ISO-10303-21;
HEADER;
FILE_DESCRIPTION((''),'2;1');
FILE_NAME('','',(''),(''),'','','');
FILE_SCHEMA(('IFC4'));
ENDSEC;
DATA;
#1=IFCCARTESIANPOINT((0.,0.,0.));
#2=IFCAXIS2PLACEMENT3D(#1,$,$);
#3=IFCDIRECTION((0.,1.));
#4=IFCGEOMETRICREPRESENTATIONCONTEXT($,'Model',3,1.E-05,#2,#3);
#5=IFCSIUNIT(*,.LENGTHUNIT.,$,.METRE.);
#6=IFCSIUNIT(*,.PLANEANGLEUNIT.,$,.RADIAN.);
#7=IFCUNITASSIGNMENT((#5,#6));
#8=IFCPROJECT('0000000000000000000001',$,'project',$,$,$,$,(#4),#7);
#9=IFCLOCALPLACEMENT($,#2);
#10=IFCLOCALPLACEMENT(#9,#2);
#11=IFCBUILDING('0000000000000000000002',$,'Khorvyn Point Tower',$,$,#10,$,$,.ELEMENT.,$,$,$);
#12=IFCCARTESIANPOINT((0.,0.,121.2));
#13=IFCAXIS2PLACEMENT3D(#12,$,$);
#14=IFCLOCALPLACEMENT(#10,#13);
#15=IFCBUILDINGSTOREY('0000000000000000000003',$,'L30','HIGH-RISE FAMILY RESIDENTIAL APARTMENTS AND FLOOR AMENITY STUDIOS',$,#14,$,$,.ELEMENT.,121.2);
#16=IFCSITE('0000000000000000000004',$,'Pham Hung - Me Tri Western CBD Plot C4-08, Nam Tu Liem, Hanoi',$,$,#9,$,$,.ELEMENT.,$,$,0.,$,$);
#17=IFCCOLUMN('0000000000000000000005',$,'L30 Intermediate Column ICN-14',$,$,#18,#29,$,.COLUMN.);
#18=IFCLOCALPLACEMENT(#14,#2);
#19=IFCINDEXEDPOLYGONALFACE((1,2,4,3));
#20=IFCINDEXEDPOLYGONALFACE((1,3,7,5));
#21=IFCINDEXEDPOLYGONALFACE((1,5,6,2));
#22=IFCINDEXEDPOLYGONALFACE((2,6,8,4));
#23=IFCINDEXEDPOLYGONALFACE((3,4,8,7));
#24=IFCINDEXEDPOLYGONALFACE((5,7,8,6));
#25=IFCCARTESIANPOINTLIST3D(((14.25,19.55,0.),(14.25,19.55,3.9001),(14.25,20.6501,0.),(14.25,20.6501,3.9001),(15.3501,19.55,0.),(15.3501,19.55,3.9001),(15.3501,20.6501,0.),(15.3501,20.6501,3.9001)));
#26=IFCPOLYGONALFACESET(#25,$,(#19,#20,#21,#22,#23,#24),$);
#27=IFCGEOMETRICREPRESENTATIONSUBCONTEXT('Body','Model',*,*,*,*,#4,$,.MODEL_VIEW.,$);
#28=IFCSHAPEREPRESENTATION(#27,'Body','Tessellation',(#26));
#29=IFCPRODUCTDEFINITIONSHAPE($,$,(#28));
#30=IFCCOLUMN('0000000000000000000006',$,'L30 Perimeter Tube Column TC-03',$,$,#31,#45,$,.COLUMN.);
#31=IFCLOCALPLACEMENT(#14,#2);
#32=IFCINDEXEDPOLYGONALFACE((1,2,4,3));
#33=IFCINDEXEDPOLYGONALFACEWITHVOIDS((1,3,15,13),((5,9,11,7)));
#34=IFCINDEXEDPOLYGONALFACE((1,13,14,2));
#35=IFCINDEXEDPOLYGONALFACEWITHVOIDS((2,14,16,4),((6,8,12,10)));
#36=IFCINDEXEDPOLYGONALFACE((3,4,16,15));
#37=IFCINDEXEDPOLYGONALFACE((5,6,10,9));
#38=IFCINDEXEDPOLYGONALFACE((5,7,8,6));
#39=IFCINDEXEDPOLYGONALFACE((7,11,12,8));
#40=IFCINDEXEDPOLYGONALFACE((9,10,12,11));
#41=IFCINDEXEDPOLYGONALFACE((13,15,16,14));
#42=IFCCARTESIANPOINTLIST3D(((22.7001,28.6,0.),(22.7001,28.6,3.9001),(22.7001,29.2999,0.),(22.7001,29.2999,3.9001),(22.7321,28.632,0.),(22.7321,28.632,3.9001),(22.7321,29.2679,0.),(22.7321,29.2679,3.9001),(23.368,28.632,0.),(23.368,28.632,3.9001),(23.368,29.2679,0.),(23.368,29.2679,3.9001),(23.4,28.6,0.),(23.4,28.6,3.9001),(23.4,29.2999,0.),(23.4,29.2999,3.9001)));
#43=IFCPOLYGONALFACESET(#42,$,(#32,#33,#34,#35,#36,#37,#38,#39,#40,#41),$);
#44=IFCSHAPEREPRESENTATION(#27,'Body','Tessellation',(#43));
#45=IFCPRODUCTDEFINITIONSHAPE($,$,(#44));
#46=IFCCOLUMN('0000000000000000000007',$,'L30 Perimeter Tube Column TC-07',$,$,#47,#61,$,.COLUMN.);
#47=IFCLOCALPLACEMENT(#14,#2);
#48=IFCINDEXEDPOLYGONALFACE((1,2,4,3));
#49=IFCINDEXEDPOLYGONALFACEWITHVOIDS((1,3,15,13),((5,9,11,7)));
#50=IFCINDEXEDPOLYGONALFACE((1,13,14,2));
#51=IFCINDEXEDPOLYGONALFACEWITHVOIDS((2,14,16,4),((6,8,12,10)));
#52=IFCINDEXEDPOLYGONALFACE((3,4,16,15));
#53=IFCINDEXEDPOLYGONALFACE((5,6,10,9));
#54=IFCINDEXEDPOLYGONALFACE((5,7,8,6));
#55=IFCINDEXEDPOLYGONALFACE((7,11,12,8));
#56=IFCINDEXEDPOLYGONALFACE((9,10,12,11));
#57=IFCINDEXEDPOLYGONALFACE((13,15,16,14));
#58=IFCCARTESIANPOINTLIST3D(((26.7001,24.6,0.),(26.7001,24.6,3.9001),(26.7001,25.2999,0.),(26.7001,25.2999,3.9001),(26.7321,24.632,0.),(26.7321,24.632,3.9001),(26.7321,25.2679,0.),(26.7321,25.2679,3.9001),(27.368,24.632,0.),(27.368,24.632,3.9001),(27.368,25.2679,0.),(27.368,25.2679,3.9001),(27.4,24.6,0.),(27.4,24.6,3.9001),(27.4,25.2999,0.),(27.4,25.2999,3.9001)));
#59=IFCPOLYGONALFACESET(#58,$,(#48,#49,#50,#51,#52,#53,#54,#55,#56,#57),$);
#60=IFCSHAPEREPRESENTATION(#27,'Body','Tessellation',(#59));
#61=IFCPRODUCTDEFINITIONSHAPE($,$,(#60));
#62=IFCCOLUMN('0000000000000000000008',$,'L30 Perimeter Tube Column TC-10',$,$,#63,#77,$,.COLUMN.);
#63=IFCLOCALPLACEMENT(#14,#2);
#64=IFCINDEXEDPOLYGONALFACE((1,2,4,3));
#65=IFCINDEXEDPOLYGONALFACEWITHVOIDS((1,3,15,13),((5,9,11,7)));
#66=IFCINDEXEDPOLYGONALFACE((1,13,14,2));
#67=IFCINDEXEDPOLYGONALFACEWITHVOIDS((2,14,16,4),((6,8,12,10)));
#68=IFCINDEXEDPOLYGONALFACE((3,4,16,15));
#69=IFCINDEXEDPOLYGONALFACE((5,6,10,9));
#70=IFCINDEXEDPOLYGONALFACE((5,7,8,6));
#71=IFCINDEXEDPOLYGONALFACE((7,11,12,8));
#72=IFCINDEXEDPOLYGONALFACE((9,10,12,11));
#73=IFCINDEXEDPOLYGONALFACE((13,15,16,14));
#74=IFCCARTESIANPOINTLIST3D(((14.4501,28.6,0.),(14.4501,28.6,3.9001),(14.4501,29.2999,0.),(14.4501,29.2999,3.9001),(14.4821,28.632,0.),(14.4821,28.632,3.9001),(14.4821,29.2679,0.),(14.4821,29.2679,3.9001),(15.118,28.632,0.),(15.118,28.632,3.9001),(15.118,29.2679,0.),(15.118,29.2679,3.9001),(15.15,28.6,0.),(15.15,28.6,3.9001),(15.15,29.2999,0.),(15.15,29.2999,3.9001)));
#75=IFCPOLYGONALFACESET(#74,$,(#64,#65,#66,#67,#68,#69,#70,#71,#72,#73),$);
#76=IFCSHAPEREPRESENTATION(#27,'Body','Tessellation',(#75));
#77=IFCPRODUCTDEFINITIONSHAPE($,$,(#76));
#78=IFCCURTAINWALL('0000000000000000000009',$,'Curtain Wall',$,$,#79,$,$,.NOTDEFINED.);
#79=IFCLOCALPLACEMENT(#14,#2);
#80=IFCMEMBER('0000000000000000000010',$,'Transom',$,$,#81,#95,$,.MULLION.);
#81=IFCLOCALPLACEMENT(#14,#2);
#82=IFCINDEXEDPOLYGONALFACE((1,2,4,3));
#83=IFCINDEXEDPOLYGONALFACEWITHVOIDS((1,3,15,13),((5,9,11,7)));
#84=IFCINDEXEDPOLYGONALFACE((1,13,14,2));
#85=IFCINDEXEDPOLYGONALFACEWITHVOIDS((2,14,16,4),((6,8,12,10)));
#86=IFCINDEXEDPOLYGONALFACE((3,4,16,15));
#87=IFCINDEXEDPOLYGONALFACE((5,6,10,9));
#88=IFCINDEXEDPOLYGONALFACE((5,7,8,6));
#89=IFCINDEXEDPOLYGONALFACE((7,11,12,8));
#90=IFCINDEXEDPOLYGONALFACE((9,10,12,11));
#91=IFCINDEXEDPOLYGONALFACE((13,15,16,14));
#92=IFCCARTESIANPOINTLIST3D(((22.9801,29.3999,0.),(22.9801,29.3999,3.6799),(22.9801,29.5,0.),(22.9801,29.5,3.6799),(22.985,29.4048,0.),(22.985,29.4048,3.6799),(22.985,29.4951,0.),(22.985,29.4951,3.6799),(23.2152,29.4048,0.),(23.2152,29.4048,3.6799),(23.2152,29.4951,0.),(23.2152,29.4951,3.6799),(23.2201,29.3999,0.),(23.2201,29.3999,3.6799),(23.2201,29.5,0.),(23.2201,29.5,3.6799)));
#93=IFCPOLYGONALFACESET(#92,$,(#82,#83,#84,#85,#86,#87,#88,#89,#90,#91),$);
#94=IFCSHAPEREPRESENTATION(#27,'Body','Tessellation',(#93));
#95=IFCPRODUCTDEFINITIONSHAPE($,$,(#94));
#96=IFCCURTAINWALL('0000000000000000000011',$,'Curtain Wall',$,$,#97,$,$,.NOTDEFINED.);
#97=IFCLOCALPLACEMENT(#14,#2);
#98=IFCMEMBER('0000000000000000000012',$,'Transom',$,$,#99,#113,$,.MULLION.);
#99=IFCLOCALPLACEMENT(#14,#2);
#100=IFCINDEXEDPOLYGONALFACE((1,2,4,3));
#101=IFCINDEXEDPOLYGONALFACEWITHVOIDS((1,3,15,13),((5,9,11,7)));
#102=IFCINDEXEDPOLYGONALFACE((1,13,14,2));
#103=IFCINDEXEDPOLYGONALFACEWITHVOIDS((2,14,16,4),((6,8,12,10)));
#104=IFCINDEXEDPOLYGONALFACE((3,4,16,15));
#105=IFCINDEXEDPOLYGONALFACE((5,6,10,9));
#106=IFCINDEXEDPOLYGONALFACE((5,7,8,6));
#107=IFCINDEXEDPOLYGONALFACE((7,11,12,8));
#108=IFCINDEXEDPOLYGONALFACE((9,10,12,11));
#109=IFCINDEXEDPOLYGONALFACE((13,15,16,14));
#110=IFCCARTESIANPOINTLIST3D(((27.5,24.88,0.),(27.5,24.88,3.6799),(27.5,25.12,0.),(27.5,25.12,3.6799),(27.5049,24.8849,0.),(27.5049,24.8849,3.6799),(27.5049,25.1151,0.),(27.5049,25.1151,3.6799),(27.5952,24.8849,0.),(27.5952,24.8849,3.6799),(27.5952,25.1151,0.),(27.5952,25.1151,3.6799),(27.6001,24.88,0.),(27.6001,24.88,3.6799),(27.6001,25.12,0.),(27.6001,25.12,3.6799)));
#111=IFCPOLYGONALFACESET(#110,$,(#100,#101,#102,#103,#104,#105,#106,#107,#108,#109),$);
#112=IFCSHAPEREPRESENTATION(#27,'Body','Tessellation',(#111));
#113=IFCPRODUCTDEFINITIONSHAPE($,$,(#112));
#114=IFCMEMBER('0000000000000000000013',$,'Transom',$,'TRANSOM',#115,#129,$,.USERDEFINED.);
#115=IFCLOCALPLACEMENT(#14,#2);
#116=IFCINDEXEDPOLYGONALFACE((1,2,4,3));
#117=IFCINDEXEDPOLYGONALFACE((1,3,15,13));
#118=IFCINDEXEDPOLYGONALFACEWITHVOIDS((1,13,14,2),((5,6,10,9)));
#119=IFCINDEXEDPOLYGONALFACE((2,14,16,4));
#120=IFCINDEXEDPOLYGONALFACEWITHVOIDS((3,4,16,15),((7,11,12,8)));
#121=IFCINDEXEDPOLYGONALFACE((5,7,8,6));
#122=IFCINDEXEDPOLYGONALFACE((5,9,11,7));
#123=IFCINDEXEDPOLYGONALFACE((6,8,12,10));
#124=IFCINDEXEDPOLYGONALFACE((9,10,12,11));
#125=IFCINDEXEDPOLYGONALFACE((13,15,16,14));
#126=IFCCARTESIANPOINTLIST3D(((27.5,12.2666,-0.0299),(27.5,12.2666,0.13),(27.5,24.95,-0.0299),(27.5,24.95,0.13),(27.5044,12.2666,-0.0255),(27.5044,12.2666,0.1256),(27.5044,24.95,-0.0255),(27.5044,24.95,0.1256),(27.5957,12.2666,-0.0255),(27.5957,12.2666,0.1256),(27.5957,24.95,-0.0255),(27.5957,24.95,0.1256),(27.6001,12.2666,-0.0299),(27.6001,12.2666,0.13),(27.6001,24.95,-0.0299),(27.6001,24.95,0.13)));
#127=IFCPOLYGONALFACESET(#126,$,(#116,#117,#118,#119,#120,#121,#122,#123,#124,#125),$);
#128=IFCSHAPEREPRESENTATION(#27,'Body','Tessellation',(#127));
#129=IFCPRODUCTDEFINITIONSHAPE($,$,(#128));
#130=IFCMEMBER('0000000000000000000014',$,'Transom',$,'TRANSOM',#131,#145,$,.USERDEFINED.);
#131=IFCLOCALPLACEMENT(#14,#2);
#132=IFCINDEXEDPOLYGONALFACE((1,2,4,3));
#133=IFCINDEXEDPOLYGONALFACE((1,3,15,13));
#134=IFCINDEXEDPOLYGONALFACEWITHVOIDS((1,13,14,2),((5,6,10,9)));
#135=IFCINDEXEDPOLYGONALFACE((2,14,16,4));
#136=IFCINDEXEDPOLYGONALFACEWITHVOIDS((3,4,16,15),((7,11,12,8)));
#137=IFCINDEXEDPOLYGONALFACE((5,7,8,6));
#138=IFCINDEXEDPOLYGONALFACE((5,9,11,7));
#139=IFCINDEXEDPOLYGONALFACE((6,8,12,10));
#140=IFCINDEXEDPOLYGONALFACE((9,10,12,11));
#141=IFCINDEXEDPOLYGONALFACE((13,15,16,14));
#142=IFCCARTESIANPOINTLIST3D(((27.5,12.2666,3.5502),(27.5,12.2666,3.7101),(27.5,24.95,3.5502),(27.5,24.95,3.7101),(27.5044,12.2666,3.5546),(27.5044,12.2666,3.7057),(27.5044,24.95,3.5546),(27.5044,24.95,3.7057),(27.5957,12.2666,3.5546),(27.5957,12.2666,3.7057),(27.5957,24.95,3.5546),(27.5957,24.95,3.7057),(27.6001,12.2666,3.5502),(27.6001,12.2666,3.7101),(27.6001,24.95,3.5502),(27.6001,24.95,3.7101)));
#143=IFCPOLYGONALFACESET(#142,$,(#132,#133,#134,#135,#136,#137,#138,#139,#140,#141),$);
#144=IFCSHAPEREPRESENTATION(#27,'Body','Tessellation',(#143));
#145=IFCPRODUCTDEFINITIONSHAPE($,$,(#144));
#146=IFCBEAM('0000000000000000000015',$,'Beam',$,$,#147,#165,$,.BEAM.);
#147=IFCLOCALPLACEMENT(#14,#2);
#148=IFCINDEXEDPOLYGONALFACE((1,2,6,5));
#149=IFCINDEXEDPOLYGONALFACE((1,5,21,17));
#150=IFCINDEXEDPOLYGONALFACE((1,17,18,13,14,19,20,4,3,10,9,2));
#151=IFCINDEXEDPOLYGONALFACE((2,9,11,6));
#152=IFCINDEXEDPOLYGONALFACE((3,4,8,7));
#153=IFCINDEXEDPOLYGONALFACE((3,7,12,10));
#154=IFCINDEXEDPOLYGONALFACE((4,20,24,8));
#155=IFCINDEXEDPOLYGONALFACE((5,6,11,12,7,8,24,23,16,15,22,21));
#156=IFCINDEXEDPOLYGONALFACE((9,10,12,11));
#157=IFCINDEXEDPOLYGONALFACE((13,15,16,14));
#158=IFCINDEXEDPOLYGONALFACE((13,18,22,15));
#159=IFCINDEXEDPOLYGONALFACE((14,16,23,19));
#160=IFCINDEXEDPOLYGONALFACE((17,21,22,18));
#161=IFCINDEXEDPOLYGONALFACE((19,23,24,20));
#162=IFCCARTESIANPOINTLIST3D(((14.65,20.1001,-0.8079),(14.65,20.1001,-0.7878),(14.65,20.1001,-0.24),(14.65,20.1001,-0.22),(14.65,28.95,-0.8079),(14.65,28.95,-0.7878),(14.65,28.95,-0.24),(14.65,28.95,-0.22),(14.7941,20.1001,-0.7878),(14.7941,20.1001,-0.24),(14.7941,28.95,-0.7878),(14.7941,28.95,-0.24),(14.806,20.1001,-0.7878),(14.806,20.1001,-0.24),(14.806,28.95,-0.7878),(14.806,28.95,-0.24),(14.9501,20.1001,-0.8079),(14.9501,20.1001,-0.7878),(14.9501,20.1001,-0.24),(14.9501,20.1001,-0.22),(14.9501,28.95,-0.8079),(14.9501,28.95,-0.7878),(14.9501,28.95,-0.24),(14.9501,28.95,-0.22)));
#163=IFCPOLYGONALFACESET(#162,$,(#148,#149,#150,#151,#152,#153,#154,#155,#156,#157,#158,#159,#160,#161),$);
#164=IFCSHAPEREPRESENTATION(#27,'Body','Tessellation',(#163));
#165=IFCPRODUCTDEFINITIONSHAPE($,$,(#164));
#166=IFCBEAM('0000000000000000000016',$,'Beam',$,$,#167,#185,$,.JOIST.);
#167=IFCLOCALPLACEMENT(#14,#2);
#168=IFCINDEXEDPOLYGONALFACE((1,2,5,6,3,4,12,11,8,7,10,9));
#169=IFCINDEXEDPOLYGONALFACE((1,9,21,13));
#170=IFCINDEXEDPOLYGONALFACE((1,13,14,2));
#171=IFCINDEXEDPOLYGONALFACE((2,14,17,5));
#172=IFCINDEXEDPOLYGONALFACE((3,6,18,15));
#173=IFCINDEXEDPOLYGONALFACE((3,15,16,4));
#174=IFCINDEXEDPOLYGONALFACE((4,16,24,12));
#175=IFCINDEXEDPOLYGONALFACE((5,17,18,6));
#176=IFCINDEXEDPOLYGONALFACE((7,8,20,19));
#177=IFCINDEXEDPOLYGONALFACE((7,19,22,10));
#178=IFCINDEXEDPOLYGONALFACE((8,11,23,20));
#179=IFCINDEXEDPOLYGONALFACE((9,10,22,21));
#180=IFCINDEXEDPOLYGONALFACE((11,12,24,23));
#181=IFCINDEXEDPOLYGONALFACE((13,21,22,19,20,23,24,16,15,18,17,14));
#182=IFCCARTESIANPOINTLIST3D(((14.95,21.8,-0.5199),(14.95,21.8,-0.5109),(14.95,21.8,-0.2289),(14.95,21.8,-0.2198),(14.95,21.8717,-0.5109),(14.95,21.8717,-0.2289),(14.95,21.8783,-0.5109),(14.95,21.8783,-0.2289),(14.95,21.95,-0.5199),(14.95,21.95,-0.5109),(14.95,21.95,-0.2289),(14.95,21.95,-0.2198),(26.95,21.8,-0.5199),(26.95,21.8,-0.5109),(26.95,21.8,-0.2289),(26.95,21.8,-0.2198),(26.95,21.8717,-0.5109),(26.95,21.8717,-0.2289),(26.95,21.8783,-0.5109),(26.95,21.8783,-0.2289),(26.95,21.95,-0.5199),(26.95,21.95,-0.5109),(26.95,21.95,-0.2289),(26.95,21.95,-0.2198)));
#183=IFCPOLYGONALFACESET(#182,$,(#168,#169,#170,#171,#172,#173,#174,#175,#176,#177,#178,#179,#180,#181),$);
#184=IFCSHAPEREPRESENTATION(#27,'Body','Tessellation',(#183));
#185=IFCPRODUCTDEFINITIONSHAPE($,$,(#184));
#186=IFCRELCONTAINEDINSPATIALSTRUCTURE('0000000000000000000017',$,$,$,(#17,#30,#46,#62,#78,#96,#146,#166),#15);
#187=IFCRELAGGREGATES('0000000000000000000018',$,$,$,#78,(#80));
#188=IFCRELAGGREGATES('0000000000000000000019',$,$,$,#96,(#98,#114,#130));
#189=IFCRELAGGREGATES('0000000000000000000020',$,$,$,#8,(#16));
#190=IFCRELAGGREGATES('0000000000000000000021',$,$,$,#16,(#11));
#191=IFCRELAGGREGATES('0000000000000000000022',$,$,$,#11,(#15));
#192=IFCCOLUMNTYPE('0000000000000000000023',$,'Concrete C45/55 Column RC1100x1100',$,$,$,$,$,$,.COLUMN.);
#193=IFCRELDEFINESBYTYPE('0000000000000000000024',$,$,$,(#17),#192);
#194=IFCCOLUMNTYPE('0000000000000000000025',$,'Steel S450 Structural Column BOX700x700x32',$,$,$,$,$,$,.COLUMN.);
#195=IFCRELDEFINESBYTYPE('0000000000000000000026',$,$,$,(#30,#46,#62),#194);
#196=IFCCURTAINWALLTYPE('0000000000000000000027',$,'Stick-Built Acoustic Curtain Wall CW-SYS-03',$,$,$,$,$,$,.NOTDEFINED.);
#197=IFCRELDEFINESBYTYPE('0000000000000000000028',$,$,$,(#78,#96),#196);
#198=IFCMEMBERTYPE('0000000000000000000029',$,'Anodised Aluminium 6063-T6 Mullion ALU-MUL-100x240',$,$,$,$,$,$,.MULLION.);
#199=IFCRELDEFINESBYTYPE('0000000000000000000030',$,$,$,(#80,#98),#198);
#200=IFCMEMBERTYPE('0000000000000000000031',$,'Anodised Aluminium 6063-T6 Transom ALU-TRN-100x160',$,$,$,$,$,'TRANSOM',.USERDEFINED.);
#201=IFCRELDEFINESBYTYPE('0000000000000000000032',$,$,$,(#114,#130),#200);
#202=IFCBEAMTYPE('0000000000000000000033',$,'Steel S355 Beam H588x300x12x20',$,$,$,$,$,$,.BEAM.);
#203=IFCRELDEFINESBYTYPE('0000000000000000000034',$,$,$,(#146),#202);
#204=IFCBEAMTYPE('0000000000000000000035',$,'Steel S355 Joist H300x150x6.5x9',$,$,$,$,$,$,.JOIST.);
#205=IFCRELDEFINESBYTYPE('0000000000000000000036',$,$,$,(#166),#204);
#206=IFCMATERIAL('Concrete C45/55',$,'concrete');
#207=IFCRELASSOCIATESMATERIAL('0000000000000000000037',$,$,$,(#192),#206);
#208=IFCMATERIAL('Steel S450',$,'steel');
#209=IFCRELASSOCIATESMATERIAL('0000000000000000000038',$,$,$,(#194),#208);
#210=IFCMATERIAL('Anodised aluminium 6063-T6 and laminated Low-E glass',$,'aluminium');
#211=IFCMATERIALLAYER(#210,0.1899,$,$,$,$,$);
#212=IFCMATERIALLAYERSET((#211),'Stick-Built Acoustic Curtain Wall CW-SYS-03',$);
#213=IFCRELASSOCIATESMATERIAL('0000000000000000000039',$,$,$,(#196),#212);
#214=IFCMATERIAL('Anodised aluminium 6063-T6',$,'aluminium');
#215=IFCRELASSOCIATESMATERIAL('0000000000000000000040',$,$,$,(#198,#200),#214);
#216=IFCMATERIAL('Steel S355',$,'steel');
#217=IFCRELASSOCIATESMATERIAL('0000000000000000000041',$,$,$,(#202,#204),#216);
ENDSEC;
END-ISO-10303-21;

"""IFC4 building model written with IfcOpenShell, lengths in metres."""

from ifc_helpers import new_model, si_unit, direction, frame, origin, origin_2d, place, context, subcontext, project, spatial, rectangle, hollow_rectangle, i_section, extrude, material, layer, layer_set, material_profile, profile_set, type_object, element, aggregate, save


model = new_model("IFC4")

# Units and contexts
model_context = context("Model", 3, precision=1e-05, world=origin(), true_north=direction((0.0, 1.0)))
body_context = subcontext(model_context, "Body", "Model", "MODEL_VIEW")
ifc_project = project(units=[si_unit("LENGTHUNIT", "METRE"), si_unit("PLANEANGLEUNIT", "RADIAN")], contexts=[model_context])

# Site, building, storey
site_placement = place(None, origin())
site = spatial("IfcSite", under=ifc_project, at=site_placement, Name="Pham Hung - Me Tri Western CBD Plot C4-08, Nam Tu Liem, Hanoi", CompositionType="ELEMENT", RefElevation=0.0)
building_placement = place(site_placement, origin())
building = spatial("IfcBuilding", under=site, at=building_placement, Name="Khorvyn Point Tower", CompositionType="ELEMENT")
storey_placement = place(building_placement, frame((0.0, 0.0, 121.2)))
storey = spatial("IfcBuildingStorey", under=building, at=storey_placement, Name="L30", Description="HIGH-RISE FAMILY RESIDENTIAL APARTMENTS AND FLOOR AMENITY STUDIOS", CompositionType="ELEMENT", Elevation=121.2)

# Columns
ifc_material_1 = material(Name="Concrete C45/55", Category="concrete")
ifc_material_profile_1 = material_profile(ifc_material_1, rectangle(XDim=1.1001, YDim=1.1001, at=origin_2d()))
ifc_profile_set_1 = profile_set([ifc_material_profile_1], Name="Concrete C45/55 RC1100x1100")
column_type_1 = type_object("IfcColumnType", Name="Concrete C45/55 Column RC1100x1100", PredefinedType="COLUMN", material=ifc_profile_set_1)
column_placement = place(storey_placement, frame((14.8, 20.1001, 0.0), z_axis=(0.0, 0.0, 1.0), x_axis=(1.0, 0.0, 0.0)))
element("IfcColumn", 1, at=column_placement, inside=storey, type_object=column_type_1, Name="L30 Intermediate Column ICN-14", PredefinedType="COLUMN", context=body_context, shape_type="SweptSolid", body=[
    extrude(rectangle(XDim=1.1001, YDim=1.1001, at=origin_2d()), origin(), (0.0, 0.0, 1.0), 3.9001),
])
ifc_material_2 = material(Name="Steel S450", Category="steel")
ifc_material_profile_2 = material_profile(ifc_material_2, hollow_rectangle(XDim=0.7, YDim=0.7, WallThickness=0.032, at=origin_2d()))
ifc_profile_set_2 = profile_set([ifc_material_profile_2], Name="Steel S450 BOX700x700x32")
column_type_2 = type_object("IfcColumnType", Name="Steel S450 Structural Column BOX700x700x32", PredefinedType="COLUMN", material=ifc_profile_set_2)
for number, where, z_axis, x_axis, name in (
    (2, (23.05, 28.95, 0.0), (0.0, 0.0, 1.0), (1.0, 0.0, 0.0), "L30 Perimeter Tube Column TC-03"),
    (3, (27.05, 24.95, 0.0), (0.0, 0.0, 1.0), (1.0, 0.0, 0.0), "L30 Perimeter Tube Column TC-07"),
    (4, (14.8, 28.95, 0.0), (0.0, 0.0, 1.0), (1.0, 0.0, 0.0), "L30 Perimeter Tube Column TC-10"),
):
    element("IfcColumn", number, at=place(storey_placement, frame(where, z_axis=z_axis, x_axis=x_axis)), inside=storey, type_object=column_type_2, Name=name, PredefinedType="COLUMN", context=body_context, shape_type="SweptSolid", body=[
        extrude(hollow_rectangle(XDim=0.7, YDim=0.7, WallThickness=0.032, at=origin_2d()), origin(), (0.0, 0.0, 1.0), 3.9001),
    ])

# Curtain wall, member
ifc_material_3 = material(Name="Anodised aluminium 6063-T6 and laminated Low-E glass", Category="aluminium")
ifc_layer_1 = layer(ifc_material_3, 0.1899)
ifc_layer_set_1 = layer_set([ifc_layer_1], Name="Stick-Built Acoustic Curtain Wall CW-SYS-03")
curtain_wall_type = type_object("IfcCurtainWallType", Name="Stick-Built Acoustic Curtain Wall CW-SYS-03", PredefinedType="NOTDEFINED", material=ifc_layer_set_1)
curtain_wall_1_placement = place(storey_placement, origin())
curtain_wall_1 = element("IfcCurtainWall", 5, at=curtain_wall_1_placement, inside=storey, type_object=curtain_wall_type, Name="Curtain Wall", PredefinedType="NOTDEFINED")
ifc_material_4 = material(Name="Anodised aluminium 6063-T6", Category="aluminium")
ifc_material_profile_3 = material_profile(ifc_material_4, hollow_rectangle(XDim=0.1001, YDim=0.24, WallThickness=0.0049, at=origin_2d()))
ifc_profile_set_3 = profile_set([ifc_material_profile_3], Name="Anodised aluminium 6063-T6 ALU-MUL-100x240")
member_type_1 = type_object("IfcMemberType", Name="Anodised Aluminium 6063-T6 Mullion ALU-MUL-100x240", PredefinedType="MULLION", material=ifc_profile_set_3)
member_1_placement = place(storey_placement, frame((23.1001, 29.45, 0.0), z_axis=(0.0, 0.0, 1.0), x_axis=(0.0, 1.0, 0.0)))
member_1 = element("IfcMember", 6, at=member_1_placement, type_object=member_type_1, Name="Transom", PredefinedType="MULLION", context=body_context, shape_type="SweptSolid", body=[
    extrude(hollow_rectangle(XDim=0.1001, YDim=0.24, WallThickness=0.0049, at=origin_2d()), origin(), (0.0, 0.0, 1.0), 3.6799),
])

# Curtain wall, members
curtain_wall_2_placement = place(storey_placement, origin())
curtain_wall_2 = element("IfcCurtainWall", 7, at=curtain_wall_2_placement, inside=storey, type_object=curtain_wall_type, Name="Curtain Wall", PredefinedType="NOTDEFINED")
member_2_placement = place(storey_placement, frame((27.55, 25.0, 0.0), z_axis=(0.0, 0.0, 1.0), x_axis=(1.0, 0.0, 0.0)))
member_2 = element("IfcMember", 8, at=member_2_placement, type_object=member_type_1, Name="Transom", PredefinedType="MULLION", context=body_context, shape_type="SweptSolid", body=[
    extrude(hollow_rectangle(XDim=0.1001, YDim=0.24, WallThickness=0.0049, at=origin_2d()), origin(), (0.0, 0.0, 1.0), 3.6799),
])
ifc_material_profile_4 = material_profile(ifc_material_4, hollow_rectangle(XDim=0.1001, YDim=0.1599, WallThickness=0.0044, at=origin_2d()))
ifc_profile_set_4 = profile_set([ifc_material_profile_4], Name="Anodised aluminium 6063-T6 ALU-TRN-100x160")
member_type_2 = type_object("IfcMemberType", Name="Anodised Aluminium 6063-T6 Transom ALU-TRN-100x160", ElementType="TRANSOM", PredefinedType="USERDEFINED", material=ifc_profile_set_4)
member_3_placement = place(storey_placement, frame((27.55, 24.95, 0.05), z_axis=(0.0, -1.0, 0.0), x_axis=(1.0, 0.0, 0.0)))
member_3 = element("IfcMember", 9, at=member_3_placement, type_object=member_type_2, Name="Transom", ObjectType="TRANSOM", PredefinedType="USERDEFINED", context=body_context, shape_type="SweptSolid", body=[
    extrude(hollow_rectangle(XDim=0.1001, YDim=0.1599, WallThickness=0.0044, at=origin_2d()), origin(), (0.0, 0.0, 1.0), 12.6833),
])
member_4_placement = place(storey_placement, frame((27.55, 24.95, 3.6301), z_axis=(0.0, -1.0, 0.0), x_axis=(1.0, 0.0, 0.0)))
member_4 = element("IfcMember", 10, at=member_4_placement, type_object=member_type_2, Name="Transom", ObjectType="TRANSOM", PredefinedType="USERDEFINED", context=body_context, shape_type="SweptSolid", body=[
    extrude(hollow_rectangle(XDim=0.1001, YDim=0.1599, WallThickness=0.0044, at=origin_2d()), origin(), (0.0, 0.0, 1.0), 12.6833),
])

# Beams
ifc_material_5 = material(Name="Steel S355", Category="steel")
ifc_material_profile_5 = material_profile(ifc_material_5, i_section(OverallWidth=0.3, OverallDepth=0.5879, WebThickness=0.012, FlangeThickness=0.02, at=origin_2d()))
ifc_profile_set_5 = profile_set([ifc_material_profile_5], Name="Steel S355 H588x300x12x20")
beam_type_1 = type_object("IfcBeamType", Name="Steel S355 Beam H588x300x12x20", PredefinedType="BEAM", material=ifc_profile_set_5)
beam_1_placement = place(storey_placement, frame((14.8, 20.1001, -0.5139), z_axis=(0.0, 1.0, 0.0), x_axis=(-1.0, 0.0, 0.0)))
element("IfcBeam", 11, at=beam_1_placement, inside=storey, type_object=beam_type_1, Name="Beam", PredefinedType="BEAM", context=body_context, shape_type="SweptSolid", body=[
    extrude(i_section(OverallWidth=0.3, OverallDepth=0.5879, WebThickness=0.012, FlangeThickness=0.02, at=origin_2d()), origin(), (0.0, 0.0, 1.0), 8.8499),
])
ifc_material_profile_6 = material_profile(ifc_material_5, i_section(OverallWidth=0.1499, OverallDepth=0.3, WebThickness=0.0066, FlangeThickness=0.009, at=origin_2d()))
ifc_profile_set_6 = profile_set([ifc_material_profile_6], Name="Steel S355 H300x150x6.5x9")
beam_type_2 = type_object("IfcBeamType", Name="Steel S355 Joist H300x150x6.5x9", PredefinedType="JOIST", material=ifc_profile_set_6)
beam_2_placement = place(storey_placement, frame((14.95, 21.875, -0.3699), z_axis=(1.0, 0.0, 0.0), x_axis=(0.0, 1.0, 0.0)))
element("IfcBeam", 12, at=beam_2_placement, inside=storey, type_object=beam_type_2, Name="Beam", PredefinedType="JOIST", context=body_context, shape_type="SweptSolid", body=[
    extrude(i_section(OverallWidth=0.1499, OverallDepth=0.3, WebThickness=0.0066, FlangeThickness=0.009, at=origin_2d()), origin(), (0.0, 0.0, 1.0), 12.0),
])

aggregate(curtain_wall_1, [member_1])
aggregate(curtain_wall_2, [member_2, member_3, member_4])

save(model, "model.ifc")
